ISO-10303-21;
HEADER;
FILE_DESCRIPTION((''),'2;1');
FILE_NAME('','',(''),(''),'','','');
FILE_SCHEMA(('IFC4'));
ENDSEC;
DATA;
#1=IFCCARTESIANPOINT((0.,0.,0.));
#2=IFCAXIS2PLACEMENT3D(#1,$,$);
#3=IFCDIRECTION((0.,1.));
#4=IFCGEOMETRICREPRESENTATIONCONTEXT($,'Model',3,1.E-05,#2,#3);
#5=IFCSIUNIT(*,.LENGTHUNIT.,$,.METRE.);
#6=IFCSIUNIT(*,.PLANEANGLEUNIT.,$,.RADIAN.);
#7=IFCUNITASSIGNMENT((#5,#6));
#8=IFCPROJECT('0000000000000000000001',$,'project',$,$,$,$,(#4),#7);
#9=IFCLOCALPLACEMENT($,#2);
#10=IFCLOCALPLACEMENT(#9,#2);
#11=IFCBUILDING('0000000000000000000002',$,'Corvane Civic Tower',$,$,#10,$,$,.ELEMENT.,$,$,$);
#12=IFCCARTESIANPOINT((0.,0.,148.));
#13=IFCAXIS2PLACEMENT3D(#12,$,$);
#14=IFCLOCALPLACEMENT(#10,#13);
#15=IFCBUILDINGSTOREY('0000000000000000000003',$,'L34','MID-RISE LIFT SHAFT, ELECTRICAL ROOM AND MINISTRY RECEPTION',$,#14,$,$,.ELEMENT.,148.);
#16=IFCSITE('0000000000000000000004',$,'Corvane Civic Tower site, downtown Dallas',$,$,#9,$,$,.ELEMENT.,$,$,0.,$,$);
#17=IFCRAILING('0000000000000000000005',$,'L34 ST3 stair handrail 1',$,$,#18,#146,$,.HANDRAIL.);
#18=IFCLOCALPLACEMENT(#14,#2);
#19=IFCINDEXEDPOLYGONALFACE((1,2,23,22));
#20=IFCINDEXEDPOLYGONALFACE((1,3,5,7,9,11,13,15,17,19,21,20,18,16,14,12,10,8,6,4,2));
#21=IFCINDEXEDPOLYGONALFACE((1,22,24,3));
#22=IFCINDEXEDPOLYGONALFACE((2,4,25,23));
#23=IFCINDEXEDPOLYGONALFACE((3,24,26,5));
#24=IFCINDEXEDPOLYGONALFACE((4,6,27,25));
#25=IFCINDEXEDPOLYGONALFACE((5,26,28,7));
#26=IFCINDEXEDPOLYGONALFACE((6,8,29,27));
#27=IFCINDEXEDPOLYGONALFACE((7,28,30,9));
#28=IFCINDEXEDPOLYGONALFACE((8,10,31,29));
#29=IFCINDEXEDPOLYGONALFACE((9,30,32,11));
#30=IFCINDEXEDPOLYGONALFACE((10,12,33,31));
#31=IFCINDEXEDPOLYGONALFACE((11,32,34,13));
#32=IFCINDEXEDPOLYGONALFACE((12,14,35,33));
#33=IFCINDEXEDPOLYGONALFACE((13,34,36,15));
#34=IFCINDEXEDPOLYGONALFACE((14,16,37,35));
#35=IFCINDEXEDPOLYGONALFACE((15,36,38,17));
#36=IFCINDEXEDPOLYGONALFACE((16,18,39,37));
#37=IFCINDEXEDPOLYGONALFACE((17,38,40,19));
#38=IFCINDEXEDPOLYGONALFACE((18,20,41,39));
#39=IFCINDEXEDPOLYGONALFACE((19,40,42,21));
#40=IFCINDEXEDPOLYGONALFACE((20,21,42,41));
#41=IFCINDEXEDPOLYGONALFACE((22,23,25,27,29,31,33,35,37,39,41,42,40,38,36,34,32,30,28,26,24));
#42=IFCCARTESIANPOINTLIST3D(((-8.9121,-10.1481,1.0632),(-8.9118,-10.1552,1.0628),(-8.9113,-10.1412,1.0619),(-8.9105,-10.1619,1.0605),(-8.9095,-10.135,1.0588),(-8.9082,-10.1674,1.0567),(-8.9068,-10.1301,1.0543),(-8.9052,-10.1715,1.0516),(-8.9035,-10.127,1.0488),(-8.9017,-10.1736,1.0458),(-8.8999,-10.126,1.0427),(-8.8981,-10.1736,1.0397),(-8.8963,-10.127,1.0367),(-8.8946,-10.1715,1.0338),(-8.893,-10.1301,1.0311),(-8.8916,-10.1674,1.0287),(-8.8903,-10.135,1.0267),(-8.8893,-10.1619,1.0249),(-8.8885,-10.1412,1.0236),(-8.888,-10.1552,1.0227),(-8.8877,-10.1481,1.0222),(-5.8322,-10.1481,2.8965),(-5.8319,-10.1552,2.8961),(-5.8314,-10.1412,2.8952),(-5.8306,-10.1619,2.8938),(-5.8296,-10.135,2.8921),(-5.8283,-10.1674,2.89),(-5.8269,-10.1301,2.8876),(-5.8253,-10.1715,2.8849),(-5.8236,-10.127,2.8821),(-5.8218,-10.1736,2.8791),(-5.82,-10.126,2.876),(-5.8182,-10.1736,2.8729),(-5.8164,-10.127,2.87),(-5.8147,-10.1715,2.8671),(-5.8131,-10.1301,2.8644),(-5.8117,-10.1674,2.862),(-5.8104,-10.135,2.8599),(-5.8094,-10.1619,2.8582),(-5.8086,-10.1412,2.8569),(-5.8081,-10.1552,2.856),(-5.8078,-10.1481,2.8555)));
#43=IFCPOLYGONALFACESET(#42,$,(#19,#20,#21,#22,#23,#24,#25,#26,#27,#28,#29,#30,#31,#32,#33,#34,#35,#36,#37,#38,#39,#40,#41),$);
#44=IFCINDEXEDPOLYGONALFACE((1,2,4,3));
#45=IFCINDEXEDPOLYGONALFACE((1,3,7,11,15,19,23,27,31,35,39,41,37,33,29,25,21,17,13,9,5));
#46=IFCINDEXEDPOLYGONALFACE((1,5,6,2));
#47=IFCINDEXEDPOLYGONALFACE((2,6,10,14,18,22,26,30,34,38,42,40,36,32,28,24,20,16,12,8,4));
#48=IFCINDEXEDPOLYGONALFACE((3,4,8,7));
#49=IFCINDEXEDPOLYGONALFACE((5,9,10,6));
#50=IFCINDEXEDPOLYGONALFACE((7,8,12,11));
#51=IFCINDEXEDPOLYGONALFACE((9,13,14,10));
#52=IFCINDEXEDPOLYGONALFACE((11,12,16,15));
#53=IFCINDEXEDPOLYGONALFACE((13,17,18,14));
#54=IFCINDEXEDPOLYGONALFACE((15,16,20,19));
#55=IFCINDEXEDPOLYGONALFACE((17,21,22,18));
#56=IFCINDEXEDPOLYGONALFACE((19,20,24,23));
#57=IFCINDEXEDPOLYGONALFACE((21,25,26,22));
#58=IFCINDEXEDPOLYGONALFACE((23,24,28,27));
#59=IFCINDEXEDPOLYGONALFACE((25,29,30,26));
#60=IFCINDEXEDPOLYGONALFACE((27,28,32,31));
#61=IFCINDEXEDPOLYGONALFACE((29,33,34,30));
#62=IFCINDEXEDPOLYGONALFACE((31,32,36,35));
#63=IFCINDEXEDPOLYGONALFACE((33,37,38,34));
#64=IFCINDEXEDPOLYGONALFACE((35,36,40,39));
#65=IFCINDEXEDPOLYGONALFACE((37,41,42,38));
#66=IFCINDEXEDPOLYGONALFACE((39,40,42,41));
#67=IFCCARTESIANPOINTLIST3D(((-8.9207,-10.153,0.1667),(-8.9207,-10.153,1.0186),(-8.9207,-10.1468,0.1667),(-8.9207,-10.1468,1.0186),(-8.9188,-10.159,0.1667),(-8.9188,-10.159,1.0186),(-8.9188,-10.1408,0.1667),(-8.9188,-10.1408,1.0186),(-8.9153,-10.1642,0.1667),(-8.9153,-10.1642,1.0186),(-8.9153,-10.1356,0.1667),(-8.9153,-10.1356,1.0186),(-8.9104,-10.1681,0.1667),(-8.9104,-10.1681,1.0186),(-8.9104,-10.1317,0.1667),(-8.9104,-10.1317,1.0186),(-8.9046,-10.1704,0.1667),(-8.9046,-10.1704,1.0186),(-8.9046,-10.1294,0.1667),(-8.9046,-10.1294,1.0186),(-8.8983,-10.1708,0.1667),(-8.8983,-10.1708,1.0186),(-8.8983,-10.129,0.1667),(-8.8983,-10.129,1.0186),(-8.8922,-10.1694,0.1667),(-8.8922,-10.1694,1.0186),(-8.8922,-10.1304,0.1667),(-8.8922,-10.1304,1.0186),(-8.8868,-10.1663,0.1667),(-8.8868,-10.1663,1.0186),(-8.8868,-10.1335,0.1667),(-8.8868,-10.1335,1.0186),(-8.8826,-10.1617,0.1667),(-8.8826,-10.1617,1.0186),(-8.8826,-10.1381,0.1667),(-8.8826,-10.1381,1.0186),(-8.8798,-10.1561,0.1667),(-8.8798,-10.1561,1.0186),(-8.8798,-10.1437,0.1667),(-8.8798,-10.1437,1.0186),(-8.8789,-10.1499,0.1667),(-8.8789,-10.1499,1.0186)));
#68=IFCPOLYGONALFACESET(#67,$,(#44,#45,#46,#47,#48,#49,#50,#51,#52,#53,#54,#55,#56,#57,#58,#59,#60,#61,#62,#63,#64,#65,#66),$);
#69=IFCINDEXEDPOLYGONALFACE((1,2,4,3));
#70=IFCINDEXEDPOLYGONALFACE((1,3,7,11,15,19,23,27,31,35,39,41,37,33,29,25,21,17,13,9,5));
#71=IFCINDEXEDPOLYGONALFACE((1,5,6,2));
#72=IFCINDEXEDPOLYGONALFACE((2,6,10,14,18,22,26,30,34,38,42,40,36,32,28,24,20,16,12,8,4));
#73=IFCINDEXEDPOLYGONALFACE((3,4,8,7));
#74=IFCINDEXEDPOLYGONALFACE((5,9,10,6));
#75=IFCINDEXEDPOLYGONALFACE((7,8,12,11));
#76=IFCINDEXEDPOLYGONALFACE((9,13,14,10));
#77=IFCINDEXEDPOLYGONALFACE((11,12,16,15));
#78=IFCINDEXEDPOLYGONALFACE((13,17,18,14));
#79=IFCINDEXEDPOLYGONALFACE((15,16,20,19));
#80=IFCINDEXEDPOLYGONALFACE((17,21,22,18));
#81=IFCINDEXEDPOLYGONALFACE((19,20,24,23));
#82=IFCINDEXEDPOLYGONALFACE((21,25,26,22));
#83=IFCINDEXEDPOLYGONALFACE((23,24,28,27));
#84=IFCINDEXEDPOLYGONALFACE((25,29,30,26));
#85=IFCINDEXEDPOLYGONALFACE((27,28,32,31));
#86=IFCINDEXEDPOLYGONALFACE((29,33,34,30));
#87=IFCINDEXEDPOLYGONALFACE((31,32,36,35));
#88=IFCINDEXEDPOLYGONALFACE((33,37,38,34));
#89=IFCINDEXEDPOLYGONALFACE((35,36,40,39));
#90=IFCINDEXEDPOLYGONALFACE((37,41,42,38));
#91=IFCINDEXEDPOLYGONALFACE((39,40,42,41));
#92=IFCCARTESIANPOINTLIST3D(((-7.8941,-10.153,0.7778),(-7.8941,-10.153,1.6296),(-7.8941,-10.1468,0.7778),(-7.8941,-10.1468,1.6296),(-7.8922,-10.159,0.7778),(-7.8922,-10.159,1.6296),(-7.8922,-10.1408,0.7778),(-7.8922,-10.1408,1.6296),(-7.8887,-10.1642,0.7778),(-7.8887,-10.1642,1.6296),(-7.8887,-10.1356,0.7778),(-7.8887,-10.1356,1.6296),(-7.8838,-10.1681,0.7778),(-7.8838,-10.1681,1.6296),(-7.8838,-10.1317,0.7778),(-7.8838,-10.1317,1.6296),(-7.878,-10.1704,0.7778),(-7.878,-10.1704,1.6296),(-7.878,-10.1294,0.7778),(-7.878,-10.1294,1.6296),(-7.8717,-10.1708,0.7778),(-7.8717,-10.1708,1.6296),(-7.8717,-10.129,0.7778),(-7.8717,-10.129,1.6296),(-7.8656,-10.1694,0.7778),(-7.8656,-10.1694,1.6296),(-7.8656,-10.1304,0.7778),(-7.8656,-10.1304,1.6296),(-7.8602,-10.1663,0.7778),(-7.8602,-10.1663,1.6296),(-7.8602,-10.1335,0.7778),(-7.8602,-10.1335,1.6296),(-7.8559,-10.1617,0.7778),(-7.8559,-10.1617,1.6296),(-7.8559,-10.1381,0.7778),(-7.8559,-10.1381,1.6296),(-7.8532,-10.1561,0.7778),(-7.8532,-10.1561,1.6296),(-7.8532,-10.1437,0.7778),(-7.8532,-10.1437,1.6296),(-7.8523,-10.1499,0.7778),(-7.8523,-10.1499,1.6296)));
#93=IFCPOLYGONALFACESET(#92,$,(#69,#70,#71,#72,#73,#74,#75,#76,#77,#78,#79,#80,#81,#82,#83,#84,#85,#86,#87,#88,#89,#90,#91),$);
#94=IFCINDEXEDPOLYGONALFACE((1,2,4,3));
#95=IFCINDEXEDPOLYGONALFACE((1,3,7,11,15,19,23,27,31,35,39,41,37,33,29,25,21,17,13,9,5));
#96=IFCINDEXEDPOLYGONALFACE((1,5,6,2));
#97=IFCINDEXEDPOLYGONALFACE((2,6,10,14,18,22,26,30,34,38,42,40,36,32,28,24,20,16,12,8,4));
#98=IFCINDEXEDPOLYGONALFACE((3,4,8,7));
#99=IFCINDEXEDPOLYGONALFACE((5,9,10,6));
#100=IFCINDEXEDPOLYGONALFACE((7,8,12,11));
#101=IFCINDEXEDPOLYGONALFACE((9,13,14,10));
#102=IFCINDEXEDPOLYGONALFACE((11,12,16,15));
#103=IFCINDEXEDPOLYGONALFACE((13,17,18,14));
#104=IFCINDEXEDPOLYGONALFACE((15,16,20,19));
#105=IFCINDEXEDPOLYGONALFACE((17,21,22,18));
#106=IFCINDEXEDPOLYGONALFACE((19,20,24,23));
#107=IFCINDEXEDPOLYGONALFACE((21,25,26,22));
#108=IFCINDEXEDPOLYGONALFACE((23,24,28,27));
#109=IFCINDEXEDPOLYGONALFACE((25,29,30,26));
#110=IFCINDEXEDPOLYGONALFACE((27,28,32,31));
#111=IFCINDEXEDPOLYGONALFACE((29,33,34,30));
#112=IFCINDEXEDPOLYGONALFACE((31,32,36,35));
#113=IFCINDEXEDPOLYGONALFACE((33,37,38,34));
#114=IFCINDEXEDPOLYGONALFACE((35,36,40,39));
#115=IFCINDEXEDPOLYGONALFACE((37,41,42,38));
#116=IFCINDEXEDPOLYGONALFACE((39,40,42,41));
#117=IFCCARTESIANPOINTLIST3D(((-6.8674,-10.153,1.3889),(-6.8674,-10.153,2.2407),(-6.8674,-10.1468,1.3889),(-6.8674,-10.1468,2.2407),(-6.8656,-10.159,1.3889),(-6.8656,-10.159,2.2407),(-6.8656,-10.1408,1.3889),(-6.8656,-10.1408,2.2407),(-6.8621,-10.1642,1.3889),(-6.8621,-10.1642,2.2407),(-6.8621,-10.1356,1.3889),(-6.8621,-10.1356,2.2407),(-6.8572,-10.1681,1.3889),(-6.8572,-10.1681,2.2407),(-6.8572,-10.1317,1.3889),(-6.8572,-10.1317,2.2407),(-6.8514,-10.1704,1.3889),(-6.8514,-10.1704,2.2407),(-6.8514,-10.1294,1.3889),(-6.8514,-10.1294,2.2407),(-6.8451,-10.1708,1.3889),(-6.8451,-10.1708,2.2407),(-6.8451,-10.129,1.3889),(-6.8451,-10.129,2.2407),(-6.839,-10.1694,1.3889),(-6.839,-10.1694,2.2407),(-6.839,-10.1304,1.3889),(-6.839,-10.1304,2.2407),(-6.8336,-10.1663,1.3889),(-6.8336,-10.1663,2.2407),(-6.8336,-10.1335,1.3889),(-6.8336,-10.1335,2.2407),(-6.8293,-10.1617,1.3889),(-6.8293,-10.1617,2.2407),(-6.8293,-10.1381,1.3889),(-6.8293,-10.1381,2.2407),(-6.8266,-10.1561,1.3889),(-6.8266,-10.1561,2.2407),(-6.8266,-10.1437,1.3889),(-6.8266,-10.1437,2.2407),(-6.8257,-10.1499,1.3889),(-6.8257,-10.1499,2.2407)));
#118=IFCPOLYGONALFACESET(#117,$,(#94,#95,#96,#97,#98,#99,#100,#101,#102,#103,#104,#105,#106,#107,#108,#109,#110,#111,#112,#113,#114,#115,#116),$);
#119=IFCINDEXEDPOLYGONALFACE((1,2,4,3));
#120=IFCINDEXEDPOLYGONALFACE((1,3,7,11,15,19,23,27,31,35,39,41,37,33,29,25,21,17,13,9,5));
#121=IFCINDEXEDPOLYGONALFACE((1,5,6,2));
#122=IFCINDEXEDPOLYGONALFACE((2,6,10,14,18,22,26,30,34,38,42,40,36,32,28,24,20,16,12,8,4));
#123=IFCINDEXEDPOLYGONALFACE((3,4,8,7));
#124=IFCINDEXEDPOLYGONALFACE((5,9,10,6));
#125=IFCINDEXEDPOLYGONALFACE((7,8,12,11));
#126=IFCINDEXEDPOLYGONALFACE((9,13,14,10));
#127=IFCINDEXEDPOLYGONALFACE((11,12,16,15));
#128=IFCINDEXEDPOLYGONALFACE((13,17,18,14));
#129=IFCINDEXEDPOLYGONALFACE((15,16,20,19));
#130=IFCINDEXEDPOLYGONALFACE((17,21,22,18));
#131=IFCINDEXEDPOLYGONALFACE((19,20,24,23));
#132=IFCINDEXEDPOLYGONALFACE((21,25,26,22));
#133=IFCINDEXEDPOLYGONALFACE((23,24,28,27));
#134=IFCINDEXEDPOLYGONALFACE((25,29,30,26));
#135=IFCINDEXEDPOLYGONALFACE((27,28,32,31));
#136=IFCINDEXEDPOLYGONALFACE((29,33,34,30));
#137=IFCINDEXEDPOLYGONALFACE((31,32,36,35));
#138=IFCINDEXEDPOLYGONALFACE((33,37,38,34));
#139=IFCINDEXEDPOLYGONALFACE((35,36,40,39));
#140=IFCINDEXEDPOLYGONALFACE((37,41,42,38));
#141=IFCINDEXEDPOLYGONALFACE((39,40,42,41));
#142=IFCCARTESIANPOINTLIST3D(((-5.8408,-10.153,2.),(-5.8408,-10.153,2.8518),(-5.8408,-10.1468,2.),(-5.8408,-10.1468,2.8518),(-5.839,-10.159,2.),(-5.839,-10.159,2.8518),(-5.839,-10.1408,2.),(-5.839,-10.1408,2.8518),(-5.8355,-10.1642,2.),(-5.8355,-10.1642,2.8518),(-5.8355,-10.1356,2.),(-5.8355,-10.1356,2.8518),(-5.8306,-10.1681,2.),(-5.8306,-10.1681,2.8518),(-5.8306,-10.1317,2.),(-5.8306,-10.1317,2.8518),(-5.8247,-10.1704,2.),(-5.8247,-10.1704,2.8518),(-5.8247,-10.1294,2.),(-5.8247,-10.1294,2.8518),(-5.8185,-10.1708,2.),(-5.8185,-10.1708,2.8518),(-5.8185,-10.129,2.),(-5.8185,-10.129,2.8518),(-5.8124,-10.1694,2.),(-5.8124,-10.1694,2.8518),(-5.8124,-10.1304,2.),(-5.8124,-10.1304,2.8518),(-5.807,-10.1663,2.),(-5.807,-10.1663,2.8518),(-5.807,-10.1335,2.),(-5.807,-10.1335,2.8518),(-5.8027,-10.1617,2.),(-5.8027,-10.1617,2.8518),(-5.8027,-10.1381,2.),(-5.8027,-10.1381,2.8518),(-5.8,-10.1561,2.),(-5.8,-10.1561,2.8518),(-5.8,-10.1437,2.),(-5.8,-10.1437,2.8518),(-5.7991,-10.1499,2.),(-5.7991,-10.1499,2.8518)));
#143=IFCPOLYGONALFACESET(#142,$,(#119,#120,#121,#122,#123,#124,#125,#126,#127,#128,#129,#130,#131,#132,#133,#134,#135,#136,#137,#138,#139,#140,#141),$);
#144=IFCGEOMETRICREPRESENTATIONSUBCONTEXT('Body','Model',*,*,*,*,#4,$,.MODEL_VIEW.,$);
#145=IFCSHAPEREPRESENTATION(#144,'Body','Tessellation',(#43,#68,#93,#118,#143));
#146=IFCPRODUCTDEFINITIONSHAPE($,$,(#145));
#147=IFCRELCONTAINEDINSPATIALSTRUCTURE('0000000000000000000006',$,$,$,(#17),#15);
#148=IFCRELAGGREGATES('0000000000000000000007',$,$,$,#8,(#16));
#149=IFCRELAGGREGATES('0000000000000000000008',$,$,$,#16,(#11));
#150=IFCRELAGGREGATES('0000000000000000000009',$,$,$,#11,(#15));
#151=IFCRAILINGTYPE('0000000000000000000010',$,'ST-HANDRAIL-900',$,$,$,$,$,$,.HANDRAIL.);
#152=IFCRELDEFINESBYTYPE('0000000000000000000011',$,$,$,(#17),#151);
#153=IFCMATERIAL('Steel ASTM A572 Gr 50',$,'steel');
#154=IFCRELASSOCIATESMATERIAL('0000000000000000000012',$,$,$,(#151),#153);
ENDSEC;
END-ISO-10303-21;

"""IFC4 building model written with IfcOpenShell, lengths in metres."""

from ifc_helpers import new_model, si_unit, direction, frame, origin, origin_2d, place, context, subcontext, project, spatial, circle, extrude, material, type_object, element, save


model = new_model("IFC4")

# Units and contexts
model_context = context("Model", 3, precision=1e-05, world=origin(), true_north=direction((0.0, 1.0)))
body_context = subcontext(model_context, "Body", "Model", "MODEL_VIEW")
ifc_project = project(units=[si_unit("LENGTHUNIT", "METRE"), si_unit("PLANEANGLEUNIT", "RADIAN")], contexts=[model_context])

# Site, building, storey
site_placement = place(None, origin())
site = spatial("IfcSite", under=ifc_project, at=site_placement, Name="Corvane Civic Tower site, downtown Dallas", CompositionType="ELEMENT", RefElevation=0.0)
building_placement = place(site_placement, origin())
building = spatial("IfcBuilding", under=site, at=building_placement, Name="Corvane Civic Tower", CompositionType="ELEMENT")
storey_placement = place(building_placement, frame((0.0, 0.0, 148.0)))
storey = spatial("IfcBuildingStorey", under=building, at=storey_placement, Name="L34", Description="MID-RISE LIFT SHAFT, ELECTRICAL ROOM AND MINISTRY RECEPTION", CompositionType="ELEMENT", Elevation=148.0)

# Railing
ifc_material_1 = material(Name="Steel ASTM A572 Gr 50", Category="steel")
railing_type_1 = type_object("IfcRailingType", Name="ST-HANDRAIL-900", PredefinedType="HANDRAIL", material=ifc_material_1)
railing_1_placement = place(storey_placement, frame((-8.8999, -10.1499, 0.1667)))
element("IfcRailing", 1, at=railing_1_placement, inside=storey, type_object=railing_type_1, Name="L34 ST3 stair handrail 1", PredefinedType="HANDRAIL", context=body_context, shape_type="SweptSolid", body=[
    extrude(circle(Radius=0.0239, at=origin_2d()), frame((0.0, 0.0, 0.876), z_axis=(0.859291, 0.0, 0.511487), x_axis=(0.0, 1.0, 0.0)), (0.0, 0.0, 1.0), 3.5842),
    extrude(circle(Radius=0.021, at=origin_2d()), origin(), (0.0, 0.0, 1.0), 0.8518),
    extrude(circle(Radius=0.021, at=origin_2d()), frame((1.0266, 0.0, 0.6111)), (0.0, 0.0, 1.0), 0.8518),
    extrude(circle(Radius=0.021, at=origin_2d()), frame((2.0532, 0.0, 1.2222)), (0.0, 0.0, 1.0), 0.8518),
    extrude(circle(Radius=0.021, at=origin_2d()), frame((3.0798, 0.0, 1.8333)), (0.0, 0.0, 1.0), 0.8518),
])

save(model, "model.ifc")
